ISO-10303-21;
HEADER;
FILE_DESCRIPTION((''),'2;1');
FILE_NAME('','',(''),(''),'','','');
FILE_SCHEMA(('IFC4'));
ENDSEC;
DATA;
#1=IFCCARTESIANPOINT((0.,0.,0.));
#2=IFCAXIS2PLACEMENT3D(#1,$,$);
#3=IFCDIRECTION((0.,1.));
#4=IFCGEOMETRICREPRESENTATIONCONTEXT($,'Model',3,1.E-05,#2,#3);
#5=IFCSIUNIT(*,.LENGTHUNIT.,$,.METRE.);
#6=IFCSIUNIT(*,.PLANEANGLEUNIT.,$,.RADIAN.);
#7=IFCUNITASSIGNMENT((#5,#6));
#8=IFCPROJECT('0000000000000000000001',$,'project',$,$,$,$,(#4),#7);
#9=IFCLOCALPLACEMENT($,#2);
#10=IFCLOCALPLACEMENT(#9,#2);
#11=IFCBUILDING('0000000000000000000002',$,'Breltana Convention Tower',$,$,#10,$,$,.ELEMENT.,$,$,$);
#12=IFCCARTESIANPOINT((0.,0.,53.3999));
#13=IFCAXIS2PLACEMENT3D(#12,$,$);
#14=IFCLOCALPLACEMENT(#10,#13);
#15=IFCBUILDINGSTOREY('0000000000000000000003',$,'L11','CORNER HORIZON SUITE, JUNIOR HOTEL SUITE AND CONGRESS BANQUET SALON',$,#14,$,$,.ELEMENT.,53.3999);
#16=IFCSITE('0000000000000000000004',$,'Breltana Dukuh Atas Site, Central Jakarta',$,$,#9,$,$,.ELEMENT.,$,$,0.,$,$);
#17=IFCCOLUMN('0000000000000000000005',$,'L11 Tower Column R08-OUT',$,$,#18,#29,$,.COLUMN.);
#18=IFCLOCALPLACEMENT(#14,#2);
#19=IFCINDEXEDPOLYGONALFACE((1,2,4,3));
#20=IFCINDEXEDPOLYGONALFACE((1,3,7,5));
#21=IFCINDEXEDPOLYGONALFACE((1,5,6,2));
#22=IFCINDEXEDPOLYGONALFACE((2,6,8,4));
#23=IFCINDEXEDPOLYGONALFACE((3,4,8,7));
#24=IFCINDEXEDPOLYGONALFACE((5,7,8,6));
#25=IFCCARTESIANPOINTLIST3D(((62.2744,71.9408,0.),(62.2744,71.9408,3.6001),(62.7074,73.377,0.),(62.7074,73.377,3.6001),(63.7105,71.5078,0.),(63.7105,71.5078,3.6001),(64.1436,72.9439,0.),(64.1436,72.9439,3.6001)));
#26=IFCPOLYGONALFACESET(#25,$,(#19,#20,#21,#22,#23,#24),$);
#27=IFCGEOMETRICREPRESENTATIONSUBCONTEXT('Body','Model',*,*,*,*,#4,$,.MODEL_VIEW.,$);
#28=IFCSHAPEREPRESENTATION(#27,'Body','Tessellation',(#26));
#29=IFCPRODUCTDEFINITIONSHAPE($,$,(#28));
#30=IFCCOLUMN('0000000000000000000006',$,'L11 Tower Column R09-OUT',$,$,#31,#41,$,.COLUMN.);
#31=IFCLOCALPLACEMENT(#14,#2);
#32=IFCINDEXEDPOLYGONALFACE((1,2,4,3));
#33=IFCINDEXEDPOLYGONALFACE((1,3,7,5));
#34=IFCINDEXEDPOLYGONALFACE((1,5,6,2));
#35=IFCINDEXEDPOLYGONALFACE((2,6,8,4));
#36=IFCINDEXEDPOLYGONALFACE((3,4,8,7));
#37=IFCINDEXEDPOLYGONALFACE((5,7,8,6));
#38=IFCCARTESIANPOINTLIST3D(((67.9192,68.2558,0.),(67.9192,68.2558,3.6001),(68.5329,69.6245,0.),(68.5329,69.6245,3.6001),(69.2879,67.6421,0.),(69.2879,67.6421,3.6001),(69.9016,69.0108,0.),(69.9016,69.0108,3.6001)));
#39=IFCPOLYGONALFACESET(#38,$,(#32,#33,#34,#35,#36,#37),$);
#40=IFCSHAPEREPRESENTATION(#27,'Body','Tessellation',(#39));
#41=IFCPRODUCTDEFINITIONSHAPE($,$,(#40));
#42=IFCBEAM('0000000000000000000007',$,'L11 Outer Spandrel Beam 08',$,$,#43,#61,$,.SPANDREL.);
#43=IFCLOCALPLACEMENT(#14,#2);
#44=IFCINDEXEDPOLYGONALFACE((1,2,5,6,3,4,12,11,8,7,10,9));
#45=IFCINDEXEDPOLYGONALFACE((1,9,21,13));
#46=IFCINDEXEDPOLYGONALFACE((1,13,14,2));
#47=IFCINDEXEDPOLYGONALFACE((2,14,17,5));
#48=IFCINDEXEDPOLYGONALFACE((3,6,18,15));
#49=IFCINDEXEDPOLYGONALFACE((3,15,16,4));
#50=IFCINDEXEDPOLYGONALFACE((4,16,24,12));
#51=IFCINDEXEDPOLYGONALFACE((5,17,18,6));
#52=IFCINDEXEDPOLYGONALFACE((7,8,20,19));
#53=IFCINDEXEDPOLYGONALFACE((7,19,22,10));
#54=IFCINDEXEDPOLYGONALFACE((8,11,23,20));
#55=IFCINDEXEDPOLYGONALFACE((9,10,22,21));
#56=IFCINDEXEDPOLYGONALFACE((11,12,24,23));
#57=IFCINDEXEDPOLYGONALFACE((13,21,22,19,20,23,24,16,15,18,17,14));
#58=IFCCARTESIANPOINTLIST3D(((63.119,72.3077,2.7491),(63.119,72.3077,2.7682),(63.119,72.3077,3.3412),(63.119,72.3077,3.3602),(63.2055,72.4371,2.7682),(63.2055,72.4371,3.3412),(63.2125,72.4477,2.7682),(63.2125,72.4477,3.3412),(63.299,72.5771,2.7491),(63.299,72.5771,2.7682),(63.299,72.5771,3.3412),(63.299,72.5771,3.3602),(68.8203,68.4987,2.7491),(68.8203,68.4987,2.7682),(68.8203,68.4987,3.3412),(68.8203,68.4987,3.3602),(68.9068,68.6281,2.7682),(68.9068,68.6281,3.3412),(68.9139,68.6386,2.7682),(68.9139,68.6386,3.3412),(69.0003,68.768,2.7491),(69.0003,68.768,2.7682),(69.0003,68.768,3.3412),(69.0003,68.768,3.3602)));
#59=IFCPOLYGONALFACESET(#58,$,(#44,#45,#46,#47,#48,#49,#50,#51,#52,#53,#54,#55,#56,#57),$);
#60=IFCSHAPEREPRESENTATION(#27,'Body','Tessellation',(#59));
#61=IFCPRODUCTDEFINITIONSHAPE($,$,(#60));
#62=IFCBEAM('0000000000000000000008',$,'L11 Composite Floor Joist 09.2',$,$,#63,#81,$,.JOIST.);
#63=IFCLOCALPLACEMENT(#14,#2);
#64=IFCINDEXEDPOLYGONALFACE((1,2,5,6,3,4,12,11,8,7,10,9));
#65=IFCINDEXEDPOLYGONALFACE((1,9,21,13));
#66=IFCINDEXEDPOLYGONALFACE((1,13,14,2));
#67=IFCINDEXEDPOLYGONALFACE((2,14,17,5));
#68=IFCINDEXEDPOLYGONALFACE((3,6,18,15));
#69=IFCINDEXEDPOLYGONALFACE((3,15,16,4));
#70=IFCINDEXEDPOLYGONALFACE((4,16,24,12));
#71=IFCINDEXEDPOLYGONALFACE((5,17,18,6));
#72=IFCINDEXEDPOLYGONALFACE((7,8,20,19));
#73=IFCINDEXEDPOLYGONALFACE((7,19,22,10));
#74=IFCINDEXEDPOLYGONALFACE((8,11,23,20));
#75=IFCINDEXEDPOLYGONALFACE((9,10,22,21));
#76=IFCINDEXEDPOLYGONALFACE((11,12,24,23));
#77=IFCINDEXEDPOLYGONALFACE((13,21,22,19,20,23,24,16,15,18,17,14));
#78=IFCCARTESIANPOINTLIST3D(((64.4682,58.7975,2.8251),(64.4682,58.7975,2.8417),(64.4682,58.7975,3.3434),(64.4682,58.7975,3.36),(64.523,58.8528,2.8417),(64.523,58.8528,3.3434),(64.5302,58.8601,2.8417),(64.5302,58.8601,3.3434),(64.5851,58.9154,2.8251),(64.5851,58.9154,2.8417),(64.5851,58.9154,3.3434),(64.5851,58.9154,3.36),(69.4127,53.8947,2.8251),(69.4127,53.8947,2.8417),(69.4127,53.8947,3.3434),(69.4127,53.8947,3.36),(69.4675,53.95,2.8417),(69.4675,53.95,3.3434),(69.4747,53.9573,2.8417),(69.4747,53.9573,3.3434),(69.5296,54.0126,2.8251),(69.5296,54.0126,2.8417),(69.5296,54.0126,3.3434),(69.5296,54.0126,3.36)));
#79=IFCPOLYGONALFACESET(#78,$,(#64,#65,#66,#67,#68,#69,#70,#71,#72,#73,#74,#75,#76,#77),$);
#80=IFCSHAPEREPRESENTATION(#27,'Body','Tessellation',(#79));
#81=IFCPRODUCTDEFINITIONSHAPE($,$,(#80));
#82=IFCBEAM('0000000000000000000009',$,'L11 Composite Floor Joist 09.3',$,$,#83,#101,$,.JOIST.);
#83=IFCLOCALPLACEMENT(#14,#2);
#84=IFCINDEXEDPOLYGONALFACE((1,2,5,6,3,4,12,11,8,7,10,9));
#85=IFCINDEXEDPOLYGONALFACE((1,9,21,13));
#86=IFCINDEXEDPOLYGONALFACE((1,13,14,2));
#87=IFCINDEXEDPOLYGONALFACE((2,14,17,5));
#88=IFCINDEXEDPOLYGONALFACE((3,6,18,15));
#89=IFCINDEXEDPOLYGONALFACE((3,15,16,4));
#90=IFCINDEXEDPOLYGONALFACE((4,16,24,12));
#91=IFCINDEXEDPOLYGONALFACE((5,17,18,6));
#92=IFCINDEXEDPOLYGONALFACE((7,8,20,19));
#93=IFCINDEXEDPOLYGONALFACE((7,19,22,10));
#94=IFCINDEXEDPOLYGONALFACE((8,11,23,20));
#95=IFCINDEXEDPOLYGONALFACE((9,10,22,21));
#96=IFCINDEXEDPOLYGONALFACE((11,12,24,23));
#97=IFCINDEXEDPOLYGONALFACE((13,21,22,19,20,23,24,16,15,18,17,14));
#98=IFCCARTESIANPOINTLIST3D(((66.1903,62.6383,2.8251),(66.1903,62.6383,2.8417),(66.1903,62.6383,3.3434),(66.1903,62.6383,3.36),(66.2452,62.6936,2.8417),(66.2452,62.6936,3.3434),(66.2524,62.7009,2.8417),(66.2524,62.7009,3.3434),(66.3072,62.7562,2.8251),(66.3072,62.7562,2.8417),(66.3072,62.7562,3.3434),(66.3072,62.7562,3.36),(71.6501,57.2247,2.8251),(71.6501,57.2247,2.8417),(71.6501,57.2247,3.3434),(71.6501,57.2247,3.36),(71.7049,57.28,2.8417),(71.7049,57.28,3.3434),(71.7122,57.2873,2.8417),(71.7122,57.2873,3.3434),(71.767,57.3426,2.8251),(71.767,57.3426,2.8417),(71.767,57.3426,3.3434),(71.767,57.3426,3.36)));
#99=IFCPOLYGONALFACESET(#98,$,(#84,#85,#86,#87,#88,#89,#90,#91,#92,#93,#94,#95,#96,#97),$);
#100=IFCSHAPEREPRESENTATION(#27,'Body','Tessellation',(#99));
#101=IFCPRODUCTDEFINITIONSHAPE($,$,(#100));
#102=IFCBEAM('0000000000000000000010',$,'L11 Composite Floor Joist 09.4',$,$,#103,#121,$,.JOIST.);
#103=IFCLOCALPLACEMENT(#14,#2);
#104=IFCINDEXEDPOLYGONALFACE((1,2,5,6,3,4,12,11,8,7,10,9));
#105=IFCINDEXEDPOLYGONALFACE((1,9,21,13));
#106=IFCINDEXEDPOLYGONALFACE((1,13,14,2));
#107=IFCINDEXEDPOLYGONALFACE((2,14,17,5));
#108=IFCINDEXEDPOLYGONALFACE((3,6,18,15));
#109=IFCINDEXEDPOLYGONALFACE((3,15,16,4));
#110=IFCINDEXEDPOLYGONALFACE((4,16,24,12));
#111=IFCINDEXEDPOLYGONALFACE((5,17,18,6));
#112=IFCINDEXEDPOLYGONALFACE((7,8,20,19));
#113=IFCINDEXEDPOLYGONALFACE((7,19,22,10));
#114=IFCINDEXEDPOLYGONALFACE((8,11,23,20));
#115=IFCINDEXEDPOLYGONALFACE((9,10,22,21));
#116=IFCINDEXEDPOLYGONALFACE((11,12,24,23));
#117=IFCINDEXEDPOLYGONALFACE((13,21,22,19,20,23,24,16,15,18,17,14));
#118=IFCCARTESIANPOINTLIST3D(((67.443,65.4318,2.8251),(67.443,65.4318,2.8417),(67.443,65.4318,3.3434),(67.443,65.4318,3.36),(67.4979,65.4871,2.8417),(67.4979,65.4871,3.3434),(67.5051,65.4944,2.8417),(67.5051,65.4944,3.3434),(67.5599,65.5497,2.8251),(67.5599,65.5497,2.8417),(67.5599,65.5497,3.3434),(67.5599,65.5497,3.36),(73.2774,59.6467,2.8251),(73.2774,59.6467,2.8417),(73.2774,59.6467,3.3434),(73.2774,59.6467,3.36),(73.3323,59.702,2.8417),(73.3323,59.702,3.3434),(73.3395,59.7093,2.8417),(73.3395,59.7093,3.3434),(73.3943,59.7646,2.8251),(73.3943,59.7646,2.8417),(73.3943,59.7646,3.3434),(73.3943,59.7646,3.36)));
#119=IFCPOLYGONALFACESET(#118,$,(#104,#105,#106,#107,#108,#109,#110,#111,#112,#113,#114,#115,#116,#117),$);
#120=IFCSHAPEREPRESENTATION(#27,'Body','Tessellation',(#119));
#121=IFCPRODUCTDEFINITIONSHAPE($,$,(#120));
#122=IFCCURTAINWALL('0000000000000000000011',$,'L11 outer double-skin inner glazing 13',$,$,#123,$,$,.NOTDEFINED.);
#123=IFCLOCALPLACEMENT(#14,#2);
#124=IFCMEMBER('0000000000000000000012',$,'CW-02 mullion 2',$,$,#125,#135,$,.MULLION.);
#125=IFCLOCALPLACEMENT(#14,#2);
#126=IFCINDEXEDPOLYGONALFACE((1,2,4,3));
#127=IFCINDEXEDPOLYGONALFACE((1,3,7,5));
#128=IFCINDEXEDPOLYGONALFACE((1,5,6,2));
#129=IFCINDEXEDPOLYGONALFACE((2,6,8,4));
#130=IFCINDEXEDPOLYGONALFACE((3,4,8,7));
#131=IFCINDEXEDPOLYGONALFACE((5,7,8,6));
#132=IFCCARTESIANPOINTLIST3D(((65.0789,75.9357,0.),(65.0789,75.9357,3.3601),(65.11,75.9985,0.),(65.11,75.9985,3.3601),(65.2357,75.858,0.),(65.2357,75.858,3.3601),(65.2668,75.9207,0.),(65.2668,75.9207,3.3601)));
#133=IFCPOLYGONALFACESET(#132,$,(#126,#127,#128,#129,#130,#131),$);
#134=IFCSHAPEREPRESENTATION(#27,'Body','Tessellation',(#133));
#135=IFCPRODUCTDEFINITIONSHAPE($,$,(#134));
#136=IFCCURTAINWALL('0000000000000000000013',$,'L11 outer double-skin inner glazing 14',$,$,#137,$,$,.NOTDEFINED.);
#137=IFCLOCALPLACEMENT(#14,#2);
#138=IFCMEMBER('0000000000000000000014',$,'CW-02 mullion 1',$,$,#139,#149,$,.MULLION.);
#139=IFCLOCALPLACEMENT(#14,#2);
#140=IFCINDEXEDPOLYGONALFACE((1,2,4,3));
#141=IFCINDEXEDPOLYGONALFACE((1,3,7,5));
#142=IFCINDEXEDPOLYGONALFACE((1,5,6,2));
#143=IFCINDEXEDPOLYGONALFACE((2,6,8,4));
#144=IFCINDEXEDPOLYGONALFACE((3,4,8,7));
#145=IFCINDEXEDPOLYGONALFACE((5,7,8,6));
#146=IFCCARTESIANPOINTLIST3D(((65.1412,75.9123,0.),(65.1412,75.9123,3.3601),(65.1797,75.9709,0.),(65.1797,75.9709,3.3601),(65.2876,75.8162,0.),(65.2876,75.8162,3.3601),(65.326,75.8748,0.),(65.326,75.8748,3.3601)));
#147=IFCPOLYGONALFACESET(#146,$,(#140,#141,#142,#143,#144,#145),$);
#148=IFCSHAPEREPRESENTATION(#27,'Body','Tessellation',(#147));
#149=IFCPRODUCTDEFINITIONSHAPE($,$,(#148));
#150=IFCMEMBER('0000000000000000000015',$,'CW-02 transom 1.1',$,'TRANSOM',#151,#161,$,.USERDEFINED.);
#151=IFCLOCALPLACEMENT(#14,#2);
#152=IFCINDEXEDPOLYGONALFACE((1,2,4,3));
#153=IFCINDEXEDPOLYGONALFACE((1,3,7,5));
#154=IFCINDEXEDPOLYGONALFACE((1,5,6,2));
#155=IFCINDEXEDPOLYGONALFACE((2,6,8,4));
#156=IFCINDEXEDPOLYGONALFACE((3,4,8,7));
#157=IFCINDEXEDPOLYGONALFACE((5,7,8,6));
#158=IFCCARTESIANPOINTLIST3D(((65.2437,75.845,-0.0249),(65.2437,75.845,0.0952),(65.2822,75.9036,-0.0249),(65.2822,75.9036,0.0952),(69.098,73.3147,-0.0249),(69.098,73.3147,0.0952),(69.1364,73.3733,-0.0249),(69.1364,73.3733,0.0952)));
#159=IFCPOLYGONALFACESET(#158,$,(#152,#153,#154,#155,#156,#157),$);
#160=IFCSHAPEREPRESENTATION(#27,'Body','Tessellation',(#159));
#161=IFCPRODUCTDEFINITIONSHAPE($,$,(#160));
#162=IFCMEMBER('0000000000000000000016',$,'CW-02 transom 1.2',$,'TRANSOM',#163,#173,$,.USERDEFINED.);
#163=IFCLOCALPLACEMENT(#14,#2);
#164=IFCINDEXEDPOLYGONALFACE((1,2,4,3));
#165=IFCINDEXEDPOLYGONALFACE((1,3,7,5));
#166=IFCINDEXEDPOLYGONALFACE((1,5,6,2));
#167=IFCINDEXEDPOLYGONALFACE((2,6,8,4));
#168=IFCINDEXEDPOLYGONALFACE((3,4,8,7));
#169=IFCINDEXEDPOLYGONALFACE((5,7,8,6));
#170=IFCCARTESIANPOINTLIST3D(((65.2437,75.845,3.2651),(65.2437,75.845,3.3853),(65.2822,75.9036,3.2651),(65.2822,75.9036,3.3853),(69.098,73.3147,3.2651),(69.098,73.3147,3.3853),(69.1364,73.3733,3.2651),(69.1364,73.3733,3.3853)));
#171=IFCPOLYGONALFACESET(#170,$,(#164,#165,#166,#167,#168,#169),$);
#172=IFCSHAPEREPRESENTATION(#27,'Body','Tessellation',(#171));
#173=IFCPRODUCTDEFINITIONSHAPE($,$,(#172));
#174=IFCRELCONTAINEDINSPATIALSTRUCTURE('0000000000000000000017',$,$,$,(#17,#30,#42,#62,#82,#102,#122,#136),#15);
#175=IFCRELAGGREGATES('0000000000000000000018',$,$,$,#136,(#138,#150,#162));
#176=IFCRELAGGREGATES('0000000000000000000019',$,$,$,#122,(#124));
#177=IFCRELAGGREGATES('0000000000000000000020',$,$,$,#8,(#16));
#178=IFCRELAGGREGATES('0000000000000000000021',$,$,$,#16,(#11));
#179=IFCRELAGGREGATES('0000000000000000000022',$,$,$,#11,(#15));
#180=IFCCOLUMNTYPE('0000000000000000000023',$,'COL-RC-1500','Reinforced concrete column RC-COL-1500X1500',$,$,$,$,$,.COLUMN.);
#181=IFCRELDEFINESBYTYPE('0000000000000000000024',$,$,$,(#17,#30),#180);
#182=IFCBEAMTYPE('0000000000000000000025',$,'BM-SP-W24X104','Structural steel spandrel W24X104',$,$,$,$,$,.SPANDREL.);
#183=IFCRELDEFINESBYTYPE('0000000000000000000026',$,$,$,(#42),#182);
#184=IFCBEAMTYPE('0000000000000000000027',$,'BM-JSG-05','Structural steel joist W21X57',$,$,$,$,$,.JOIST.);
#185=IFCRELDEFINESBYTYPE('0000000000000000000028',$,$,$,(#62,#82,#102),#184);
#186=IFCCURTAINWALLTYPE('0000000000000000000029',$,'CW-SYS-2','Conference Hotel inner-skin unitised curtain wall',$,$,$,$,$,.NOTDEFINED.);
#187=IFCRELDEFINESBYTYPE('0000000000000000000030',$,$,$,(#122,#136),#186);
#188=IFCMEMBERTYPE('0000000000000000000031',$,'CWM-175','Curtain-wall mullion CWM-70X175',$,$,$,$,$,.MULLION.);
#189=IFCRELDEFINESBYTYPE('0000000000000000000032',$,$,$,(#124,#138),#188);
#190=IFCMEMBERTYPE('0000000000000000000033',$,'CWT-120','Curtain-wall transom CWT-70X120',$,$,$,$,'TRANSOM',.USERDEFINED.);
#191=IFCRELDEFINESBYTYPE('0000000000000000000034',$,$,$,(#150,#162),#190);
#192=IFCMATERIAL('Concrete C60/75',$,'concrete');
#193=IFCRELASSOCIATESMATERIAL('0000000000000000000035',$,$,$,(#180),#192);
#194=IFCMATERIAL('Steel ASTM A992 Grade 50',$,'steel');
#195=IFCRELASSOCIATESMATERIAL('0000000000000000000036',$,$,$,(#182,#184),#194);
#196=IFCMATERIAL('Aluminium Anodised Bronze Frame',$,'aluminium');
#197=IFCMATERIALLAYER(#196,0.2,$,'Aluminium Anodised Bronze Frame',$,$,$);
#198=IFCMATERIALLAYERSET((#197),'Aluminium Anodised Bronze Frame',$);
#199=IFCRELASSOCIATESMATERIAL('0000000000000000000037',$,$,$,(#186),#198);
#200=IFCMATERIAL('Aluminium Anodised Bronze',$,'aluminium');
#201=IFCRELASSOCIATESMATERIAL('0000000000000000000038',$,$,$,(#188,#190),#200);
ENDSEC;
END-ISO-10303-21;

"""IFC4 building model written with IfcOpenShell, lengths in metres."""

from ifc_helpers import new_model, si_unit, direction, frame, origin, origin_2d, place, context, subcontext, project, spatial, rectangle, i_section, extrude, source, transform, mapped, material, layer, layer_set, material_profile, profile_set, type_object, type_shapes, element, aggregate, save


model = new_model("IFC4")

# Units and contexts
model_context = context("Model", 3, precision=1e-05, world=origin(), true_north=direction((0.0, 1.0)))
body_context = subcontext(model_context, "Body", "Model", "MODEL_VIEW")
ifc_project = project(units=[si_unit("LENGTHUNIT", "METRE"), si_unit("PLANEANGLEUNIT", "RADIAN")], contexts=[model_context])

# Site, building, storey
site_placement = place(None, origin())
site = spatial("IfcSite", under=ifc_project, at=site_placement, Name="Breltana Dukuh Atas Site, Central Jakarta", CompositionType="ELEMENT", RefElevation=0.0)
building_placement = place(site_placement, origin())
building = spatial("IfcBuilding", under=site, at=building_placement, Name="Breltana Convention Tower", CompositionType="ELEMENT")
storey_placement = place(building_placement, frame((0.0, 0.0, 53.3999)))
storey = spatial("IfcBuildingStorey", under=building, at=storey_placement, Name="L11", Description="CORNER HORIZON SUITE, JUNIOR HOTEL SUITE AND CONGRESS BANQUET SALON", CompositionType="ELEMENT", Elevation=53.3999)

# Columns
ifc_material_1 = material(Name="Concrete C60/75", Category="concrete")
ifc_material_profile_1 = material_profile(ifc_material_1, rectangle(XDim=1.5, YDim=1.5, at=origin_2d()), Name="RC-COL-1500X1500")
ifc_profile_set_1 = profile_set([ifc_material_profile_1], Name="Concrete C60/75")
column_type = type_object("IfcColumnType", Name="COL-RC-1500", Description="Reinforced concrete column RC-COL-1500X1500", PredefinedType="COLUMN", material=ifc_profile_set_1)
shared_shape_1 = source(origin(), body_context, "Body", "SweptSolid", [
    extrude(rectangle(XDim=1.5, YDim=1.5, at=origin_2d()), origin(), (0.0, 0.0, 1.0), 3.6001),
])
for number, where, z_axis, x_axis, name in (
    (1, (63.209, 72.4424, 0.0), (0.0, 0.0, 1.0), (0.288698, 0.95742, 0.0), "L11 Tower Column R08-OUT"),
    (2, (68.9104, 68.6333, 0.0), (0.0, 0.0, 1.0), (0.409127, 0.912477, 0.0), "L11 Tower Column R09-OUT"),
):
    element("IfcColumn", number, at=place(storey_placement, frame(where, z_axis=z_axis, x_axis=x_axis)), inside=storey, type_object=column_type, Name=name, PredefinedType="COLUMN", context=body_context, shape_type="MappedRepresentation", body=[
        mapped(shared_shape_1, transform((0.0, 0.0, 0.0), scale=1.0)),
    ])

# Beams
ifc_material_2 = material(Name="Steel ASTM A992 Grade 50", Category="steel")
ifc_material_profile_2 = material_profile(ifc_material_2, i_section(OverallWidth=0.324, OverallDepth=0.6111, WebThickness=0.0127, FlangeThickness=0.019, at=origin_2d()), Name="W24X104")
ifc_profile_set_2 = profile_set([ifc_material_profile_2], Name="Steel ASTM A992 Grade 50")
beam_type_1 = type_object("IfcBeamType", Name="BM-SP-W24X104", Description="Structural steel spandrel W24X104", PredefinedType="SPANDREL", material=ifc_profile_set_2)
shared_shape_2 = source(origin(), body_context, "Body", "SweptSolid", [
    extrude(i_section(OverallWidth=0.324, OverallDepth=0.6111, WebThickness=0.0127, FlangeThickness=0.019, at=origin_2d()), origin(), (0.0, 0.0, 1.0), 6.8567),
])
beam_1_placement = place(storey_placement, frame((63.209, 72.4424, 3.0547), z_axis=(0.831502, -0.555522, 0.0), x_axis=(0.555522, 0.831502, 0.0)))
element("IfcBeam", 3, at=beam_1_placement, inside=storey, type_object=beam_type_1, Name="L11 Outer Spandrel Beam 08", PredefinedType="SPANDREL", context=body_context, shape_type="MappedRepresentation", body=[
    mapped(shared_shape_2, transform((0.0, 0.0, 0.0), scale=1.0)),
])
ifc_material_profile_3 = material_profile(ifc_material_2, i_section(OverallWidth=0.166, OverallDepth=0.5349, WebThickness=0.0103, FlangeThickness=0.0166, at=origin_2d()), Name="W21X57")
ifc_profile_set_3 = profile_set([ifc_material_profile_3], Name="Steel ASTM A992 Grade 50")
beam_type_2 = type_object("IfcBeamType", Name="BM-JSG-05", Description="Structural steel joist W21X57", PredefinedType="JOIST", material=ifc_profile_set_3)
shared_shape_3 = source(origin(), body_context, "Body", "SweptSolid", [
    extrude(i_section(OverallWidth=0.166, OverallDepth=0.5349, WebThickness=0.0103, FlangeThickness=0.0166, at=origin_2d()), origin(), (0.0, 0.0, 1.0), 6.9631),
])
beam_2_placement = place(storey_placement, frame((64.5266, 58.8564, 3.0925), z_axis=(0.710098, -0.704103, 0.0), x_axis=(0.704103, 0.710098, 0.0)))
element("IfcBeam", 4, at=beam_2_placement, inside=storey, type_object=beam_type_2, Name="L11 Composite Floor Joist 09.2", PredefinedType="JOIST", context=body_context, shape_type="MappedRepresentation", body=[
    mapped(shared_shape_3, transform((0.0, 0.0, 0.0), scale=1.0)),
])
shared_shape_4 = source(origin(), body_context, "Body", "SweptSolid", [
    extrude(i_section(OverallWidth=0.166, OverallDepth=0.5349, WebThickness=0.0103, FlangeThickness=0.0166, at=origin_2d()), origin(), (0.0, 0.0, 1.0), 7.6887),
])
beam_3_placement = place(storey_placement, frame((66.2488, 62.6973, 3.0925), z_axis=(0.710101, -0.7041, 0.0), x_axis=(0.7041, 0.710101, 0.0)))
element("IfcBeam", 5, at=beam_3_placement, inside=storey, type_object=beam_type_2, Name="L11 Composite Floor Joist 09.3", PredefinedType="JOIST", context=body_context, shape_type="MappedRepresentation", body=[
    mapped(shared_shape_4, transform((0.0, 0.0, 0.0), scale=1.0)),
])
shared_shape_5 = source(origin(), body_context, "Body", "SweptSolid", [
    extrude(i_section(OverallWidth=0.166, OverallDepth=0.5349, WebThickness=0.0103, FlangeThickness=0.0166, at=origin_2d()), origin(), (0.0, 0.0, 1.0), 8.2163),
])
beam_4_placement = place(storey_placement, frame((67.5015, 65.4907, 3.0925), z_axis=(0.710102, -0.704099, 0.0), x_axis=(0.704099, 0.710102, 0.0)))
element("IfcBeam", 6, at=beam_4_placement, inside=storey, type_object=beam_type_2, Name="L11 Composite Floor Joist 09.4", PredefinedType="JOIST", context=body_context, shape_type="MappedRepresentation", body=[
    mapped(shared_shape_5, transform((0.0, 0.0, 0.0), scale=1.0)),
])

# Curtain wall, member
ifc_material_3 = material(Name="Aluminium Anodised Bronze Frame", Category="aluminium")
ifc_layer_1 = layer(ifc_material_3, 0.2, Name="Aluminium Anodised Bronze Frame")
ifc_layer_set_1 = layer_set([ifc_layer_1], Name="Aluminium Anodised Bronze Frame")
curtain_wall_type = type_object("IfcCurtainWallType", Name="CW-SYS-2", Description="Conference Hotel inner-skin unitised curtain wall", PredefinedType="NOTDEFINED", material=ifc_layer_set_1)
curtain_wall_1_placement = place(storey_placement, origin())
curtain_wall_1 = element("IfcCurtainWall", 7, at=curtain_wall_1_placement, inside=storey, type_object=curtain_wall_type, Name="L11 outer double-skin inner glazing 13", PredefinedType="NOTDEFINED")
ifc_material_4 = material(Name="Aluminium Anodised Bronze", Category="aluminium")
ifc_material_profile_4 = material_profile(ifc_material_4, rectangle(XDim=0.0701, YDim=0.175, at=origin_2d()), Name="CWM-70X175")
ifc_profile_set_4 = profile_set([ifc_material_profile_4], Name="Aluminium Anodised Bronze")
member_type_1 = type_object("IfcMemberType", Name="CWM-175", Description="Curtain-wall mullion CWM-70X175", PredefinedType="MULLION", material=ifc_profile_set_4)
shared_shape_6 = source(origin(), body_context, "Body", "SweptSolid", [
    extrude(rectangle(XDim=0.0701, YDim=0.175, at=origin_2d()), origin(), (0.0, 0.0, 1.0), 3.3601),
])
type_shapes(member_type_1, [shared_shape_6])
member_1_placement = place(storey_placement, frame((65.1729, 75.9282, 0.0), z_axis=(0.0, 0.0, 1.0), x_axis=(0.444108, 0.895973, 0.0)))
member_1 = element("IfcMember", 8, at=member_1_placement, type_object=member_type_1, Name="CW-02 mullion 2", PredefinedType="MULLION", context=body_context, shape_type="MappedRepresentation", body=[
    mapped(shared_shape_6, transform((0.0, 0.0, 0.0), scale=1.0)),
])

# Curtain wall, members
curtain_wall_2_placement = place(storey_placement, origin())
curtain_wall_2 = element("IfcCurtainWall", 9, at=curtain_wall_2_placement, inside=storey, type_object=curtain_wall_type, Name="L11 outer double-skin inner glazing 14", PredefinedType="NOTDEFINED")
member_2_placement = place(storey_placement, frame((65.2336, 75.8936, 0.0), z_axis=(0.0, 0.0, 1.0), x_axis=(0.548784, 0.835964, 0.0)))
member_2 = element("IfcMember", 10, at=member_2_placement, type_object=member_type_1, Name="CW-02 mullion 1", PredefinedType="MULLION", context=body_context, shape_type="MappedRepresentation", body=[
    mapped(shared_shape_6, transform((0.0, 0.0, 0.0), scale=1.0)),
])
ifc_material_profile_5 = material_profile(ifc_material_4, rectangle(XDim=0.0701, YDim=0.1201, at=origin_2d()), Name="CWT-70X120")
ifc_profile_set_5 = profile_set([ifc_material_profile_5], Name="Aluminium Anodised Bronze")
member_type_2 = type_object("IfcMemberType", Name="CWT-120", Description="Curtain-wall transom CWT-70X120", ElementType="TRANSOM", PredefinedType="USERDEFINED", material=ifc_profile_set_5)
shared_shape_7 = source(origin(), body_context, "Body", "SweptSolid", [
    extrude(rectangle(XDim=0.0701, YDim=0.1201, at=origin_2d()), origin(), (0.0, 0.0, 1.0), 4.6106),
])
member_3_placement = place(storey_placement, frame((65.2629, 75.8743, 0.0352), z_axis=(0.835956, -0.548796, 0.0), x_axis=(0.548796, 0.835956, 0.0)))
member_3 = element("IfcMember", 11, at=member_3_placement, type_object=member_type_2, Name="CW-02 transom 1.1", ObjectType="TRANSOM", PredefinedType="USERDEFINED", context=body_context, shape_type="MappedRepresentation", body=[
    mapped(shared_shape_7, transform((0.0, 0.0, 0.0), scale=1.0)),
])
member_4_placement = place(storey_placement, frame((65.2629, 75.8743, 3.3252), z_axis=(0.835956, -0.548796, 0.0), x_axis=(0.548796, 0.835956, 0.0)))
member_4 = element("IfcMember", 12, at=member_4_placement, type_object=member_type_2, Name="CW-02 transom 1.2", ObjectType="TRANSOM", PredefinedType="USERDEFINED", context=body_context, shape_type="MappedRepresentation", body=[
    mapped(shared_shape_7, transform((0.0, 0.0, 0.0), scale=1.0)),
])

aggregate(curtain_wall_2, [member_2, member_3, member_4])
aggregate(curtain_wall_1, [member_1])

save(model, "model.ifc")
